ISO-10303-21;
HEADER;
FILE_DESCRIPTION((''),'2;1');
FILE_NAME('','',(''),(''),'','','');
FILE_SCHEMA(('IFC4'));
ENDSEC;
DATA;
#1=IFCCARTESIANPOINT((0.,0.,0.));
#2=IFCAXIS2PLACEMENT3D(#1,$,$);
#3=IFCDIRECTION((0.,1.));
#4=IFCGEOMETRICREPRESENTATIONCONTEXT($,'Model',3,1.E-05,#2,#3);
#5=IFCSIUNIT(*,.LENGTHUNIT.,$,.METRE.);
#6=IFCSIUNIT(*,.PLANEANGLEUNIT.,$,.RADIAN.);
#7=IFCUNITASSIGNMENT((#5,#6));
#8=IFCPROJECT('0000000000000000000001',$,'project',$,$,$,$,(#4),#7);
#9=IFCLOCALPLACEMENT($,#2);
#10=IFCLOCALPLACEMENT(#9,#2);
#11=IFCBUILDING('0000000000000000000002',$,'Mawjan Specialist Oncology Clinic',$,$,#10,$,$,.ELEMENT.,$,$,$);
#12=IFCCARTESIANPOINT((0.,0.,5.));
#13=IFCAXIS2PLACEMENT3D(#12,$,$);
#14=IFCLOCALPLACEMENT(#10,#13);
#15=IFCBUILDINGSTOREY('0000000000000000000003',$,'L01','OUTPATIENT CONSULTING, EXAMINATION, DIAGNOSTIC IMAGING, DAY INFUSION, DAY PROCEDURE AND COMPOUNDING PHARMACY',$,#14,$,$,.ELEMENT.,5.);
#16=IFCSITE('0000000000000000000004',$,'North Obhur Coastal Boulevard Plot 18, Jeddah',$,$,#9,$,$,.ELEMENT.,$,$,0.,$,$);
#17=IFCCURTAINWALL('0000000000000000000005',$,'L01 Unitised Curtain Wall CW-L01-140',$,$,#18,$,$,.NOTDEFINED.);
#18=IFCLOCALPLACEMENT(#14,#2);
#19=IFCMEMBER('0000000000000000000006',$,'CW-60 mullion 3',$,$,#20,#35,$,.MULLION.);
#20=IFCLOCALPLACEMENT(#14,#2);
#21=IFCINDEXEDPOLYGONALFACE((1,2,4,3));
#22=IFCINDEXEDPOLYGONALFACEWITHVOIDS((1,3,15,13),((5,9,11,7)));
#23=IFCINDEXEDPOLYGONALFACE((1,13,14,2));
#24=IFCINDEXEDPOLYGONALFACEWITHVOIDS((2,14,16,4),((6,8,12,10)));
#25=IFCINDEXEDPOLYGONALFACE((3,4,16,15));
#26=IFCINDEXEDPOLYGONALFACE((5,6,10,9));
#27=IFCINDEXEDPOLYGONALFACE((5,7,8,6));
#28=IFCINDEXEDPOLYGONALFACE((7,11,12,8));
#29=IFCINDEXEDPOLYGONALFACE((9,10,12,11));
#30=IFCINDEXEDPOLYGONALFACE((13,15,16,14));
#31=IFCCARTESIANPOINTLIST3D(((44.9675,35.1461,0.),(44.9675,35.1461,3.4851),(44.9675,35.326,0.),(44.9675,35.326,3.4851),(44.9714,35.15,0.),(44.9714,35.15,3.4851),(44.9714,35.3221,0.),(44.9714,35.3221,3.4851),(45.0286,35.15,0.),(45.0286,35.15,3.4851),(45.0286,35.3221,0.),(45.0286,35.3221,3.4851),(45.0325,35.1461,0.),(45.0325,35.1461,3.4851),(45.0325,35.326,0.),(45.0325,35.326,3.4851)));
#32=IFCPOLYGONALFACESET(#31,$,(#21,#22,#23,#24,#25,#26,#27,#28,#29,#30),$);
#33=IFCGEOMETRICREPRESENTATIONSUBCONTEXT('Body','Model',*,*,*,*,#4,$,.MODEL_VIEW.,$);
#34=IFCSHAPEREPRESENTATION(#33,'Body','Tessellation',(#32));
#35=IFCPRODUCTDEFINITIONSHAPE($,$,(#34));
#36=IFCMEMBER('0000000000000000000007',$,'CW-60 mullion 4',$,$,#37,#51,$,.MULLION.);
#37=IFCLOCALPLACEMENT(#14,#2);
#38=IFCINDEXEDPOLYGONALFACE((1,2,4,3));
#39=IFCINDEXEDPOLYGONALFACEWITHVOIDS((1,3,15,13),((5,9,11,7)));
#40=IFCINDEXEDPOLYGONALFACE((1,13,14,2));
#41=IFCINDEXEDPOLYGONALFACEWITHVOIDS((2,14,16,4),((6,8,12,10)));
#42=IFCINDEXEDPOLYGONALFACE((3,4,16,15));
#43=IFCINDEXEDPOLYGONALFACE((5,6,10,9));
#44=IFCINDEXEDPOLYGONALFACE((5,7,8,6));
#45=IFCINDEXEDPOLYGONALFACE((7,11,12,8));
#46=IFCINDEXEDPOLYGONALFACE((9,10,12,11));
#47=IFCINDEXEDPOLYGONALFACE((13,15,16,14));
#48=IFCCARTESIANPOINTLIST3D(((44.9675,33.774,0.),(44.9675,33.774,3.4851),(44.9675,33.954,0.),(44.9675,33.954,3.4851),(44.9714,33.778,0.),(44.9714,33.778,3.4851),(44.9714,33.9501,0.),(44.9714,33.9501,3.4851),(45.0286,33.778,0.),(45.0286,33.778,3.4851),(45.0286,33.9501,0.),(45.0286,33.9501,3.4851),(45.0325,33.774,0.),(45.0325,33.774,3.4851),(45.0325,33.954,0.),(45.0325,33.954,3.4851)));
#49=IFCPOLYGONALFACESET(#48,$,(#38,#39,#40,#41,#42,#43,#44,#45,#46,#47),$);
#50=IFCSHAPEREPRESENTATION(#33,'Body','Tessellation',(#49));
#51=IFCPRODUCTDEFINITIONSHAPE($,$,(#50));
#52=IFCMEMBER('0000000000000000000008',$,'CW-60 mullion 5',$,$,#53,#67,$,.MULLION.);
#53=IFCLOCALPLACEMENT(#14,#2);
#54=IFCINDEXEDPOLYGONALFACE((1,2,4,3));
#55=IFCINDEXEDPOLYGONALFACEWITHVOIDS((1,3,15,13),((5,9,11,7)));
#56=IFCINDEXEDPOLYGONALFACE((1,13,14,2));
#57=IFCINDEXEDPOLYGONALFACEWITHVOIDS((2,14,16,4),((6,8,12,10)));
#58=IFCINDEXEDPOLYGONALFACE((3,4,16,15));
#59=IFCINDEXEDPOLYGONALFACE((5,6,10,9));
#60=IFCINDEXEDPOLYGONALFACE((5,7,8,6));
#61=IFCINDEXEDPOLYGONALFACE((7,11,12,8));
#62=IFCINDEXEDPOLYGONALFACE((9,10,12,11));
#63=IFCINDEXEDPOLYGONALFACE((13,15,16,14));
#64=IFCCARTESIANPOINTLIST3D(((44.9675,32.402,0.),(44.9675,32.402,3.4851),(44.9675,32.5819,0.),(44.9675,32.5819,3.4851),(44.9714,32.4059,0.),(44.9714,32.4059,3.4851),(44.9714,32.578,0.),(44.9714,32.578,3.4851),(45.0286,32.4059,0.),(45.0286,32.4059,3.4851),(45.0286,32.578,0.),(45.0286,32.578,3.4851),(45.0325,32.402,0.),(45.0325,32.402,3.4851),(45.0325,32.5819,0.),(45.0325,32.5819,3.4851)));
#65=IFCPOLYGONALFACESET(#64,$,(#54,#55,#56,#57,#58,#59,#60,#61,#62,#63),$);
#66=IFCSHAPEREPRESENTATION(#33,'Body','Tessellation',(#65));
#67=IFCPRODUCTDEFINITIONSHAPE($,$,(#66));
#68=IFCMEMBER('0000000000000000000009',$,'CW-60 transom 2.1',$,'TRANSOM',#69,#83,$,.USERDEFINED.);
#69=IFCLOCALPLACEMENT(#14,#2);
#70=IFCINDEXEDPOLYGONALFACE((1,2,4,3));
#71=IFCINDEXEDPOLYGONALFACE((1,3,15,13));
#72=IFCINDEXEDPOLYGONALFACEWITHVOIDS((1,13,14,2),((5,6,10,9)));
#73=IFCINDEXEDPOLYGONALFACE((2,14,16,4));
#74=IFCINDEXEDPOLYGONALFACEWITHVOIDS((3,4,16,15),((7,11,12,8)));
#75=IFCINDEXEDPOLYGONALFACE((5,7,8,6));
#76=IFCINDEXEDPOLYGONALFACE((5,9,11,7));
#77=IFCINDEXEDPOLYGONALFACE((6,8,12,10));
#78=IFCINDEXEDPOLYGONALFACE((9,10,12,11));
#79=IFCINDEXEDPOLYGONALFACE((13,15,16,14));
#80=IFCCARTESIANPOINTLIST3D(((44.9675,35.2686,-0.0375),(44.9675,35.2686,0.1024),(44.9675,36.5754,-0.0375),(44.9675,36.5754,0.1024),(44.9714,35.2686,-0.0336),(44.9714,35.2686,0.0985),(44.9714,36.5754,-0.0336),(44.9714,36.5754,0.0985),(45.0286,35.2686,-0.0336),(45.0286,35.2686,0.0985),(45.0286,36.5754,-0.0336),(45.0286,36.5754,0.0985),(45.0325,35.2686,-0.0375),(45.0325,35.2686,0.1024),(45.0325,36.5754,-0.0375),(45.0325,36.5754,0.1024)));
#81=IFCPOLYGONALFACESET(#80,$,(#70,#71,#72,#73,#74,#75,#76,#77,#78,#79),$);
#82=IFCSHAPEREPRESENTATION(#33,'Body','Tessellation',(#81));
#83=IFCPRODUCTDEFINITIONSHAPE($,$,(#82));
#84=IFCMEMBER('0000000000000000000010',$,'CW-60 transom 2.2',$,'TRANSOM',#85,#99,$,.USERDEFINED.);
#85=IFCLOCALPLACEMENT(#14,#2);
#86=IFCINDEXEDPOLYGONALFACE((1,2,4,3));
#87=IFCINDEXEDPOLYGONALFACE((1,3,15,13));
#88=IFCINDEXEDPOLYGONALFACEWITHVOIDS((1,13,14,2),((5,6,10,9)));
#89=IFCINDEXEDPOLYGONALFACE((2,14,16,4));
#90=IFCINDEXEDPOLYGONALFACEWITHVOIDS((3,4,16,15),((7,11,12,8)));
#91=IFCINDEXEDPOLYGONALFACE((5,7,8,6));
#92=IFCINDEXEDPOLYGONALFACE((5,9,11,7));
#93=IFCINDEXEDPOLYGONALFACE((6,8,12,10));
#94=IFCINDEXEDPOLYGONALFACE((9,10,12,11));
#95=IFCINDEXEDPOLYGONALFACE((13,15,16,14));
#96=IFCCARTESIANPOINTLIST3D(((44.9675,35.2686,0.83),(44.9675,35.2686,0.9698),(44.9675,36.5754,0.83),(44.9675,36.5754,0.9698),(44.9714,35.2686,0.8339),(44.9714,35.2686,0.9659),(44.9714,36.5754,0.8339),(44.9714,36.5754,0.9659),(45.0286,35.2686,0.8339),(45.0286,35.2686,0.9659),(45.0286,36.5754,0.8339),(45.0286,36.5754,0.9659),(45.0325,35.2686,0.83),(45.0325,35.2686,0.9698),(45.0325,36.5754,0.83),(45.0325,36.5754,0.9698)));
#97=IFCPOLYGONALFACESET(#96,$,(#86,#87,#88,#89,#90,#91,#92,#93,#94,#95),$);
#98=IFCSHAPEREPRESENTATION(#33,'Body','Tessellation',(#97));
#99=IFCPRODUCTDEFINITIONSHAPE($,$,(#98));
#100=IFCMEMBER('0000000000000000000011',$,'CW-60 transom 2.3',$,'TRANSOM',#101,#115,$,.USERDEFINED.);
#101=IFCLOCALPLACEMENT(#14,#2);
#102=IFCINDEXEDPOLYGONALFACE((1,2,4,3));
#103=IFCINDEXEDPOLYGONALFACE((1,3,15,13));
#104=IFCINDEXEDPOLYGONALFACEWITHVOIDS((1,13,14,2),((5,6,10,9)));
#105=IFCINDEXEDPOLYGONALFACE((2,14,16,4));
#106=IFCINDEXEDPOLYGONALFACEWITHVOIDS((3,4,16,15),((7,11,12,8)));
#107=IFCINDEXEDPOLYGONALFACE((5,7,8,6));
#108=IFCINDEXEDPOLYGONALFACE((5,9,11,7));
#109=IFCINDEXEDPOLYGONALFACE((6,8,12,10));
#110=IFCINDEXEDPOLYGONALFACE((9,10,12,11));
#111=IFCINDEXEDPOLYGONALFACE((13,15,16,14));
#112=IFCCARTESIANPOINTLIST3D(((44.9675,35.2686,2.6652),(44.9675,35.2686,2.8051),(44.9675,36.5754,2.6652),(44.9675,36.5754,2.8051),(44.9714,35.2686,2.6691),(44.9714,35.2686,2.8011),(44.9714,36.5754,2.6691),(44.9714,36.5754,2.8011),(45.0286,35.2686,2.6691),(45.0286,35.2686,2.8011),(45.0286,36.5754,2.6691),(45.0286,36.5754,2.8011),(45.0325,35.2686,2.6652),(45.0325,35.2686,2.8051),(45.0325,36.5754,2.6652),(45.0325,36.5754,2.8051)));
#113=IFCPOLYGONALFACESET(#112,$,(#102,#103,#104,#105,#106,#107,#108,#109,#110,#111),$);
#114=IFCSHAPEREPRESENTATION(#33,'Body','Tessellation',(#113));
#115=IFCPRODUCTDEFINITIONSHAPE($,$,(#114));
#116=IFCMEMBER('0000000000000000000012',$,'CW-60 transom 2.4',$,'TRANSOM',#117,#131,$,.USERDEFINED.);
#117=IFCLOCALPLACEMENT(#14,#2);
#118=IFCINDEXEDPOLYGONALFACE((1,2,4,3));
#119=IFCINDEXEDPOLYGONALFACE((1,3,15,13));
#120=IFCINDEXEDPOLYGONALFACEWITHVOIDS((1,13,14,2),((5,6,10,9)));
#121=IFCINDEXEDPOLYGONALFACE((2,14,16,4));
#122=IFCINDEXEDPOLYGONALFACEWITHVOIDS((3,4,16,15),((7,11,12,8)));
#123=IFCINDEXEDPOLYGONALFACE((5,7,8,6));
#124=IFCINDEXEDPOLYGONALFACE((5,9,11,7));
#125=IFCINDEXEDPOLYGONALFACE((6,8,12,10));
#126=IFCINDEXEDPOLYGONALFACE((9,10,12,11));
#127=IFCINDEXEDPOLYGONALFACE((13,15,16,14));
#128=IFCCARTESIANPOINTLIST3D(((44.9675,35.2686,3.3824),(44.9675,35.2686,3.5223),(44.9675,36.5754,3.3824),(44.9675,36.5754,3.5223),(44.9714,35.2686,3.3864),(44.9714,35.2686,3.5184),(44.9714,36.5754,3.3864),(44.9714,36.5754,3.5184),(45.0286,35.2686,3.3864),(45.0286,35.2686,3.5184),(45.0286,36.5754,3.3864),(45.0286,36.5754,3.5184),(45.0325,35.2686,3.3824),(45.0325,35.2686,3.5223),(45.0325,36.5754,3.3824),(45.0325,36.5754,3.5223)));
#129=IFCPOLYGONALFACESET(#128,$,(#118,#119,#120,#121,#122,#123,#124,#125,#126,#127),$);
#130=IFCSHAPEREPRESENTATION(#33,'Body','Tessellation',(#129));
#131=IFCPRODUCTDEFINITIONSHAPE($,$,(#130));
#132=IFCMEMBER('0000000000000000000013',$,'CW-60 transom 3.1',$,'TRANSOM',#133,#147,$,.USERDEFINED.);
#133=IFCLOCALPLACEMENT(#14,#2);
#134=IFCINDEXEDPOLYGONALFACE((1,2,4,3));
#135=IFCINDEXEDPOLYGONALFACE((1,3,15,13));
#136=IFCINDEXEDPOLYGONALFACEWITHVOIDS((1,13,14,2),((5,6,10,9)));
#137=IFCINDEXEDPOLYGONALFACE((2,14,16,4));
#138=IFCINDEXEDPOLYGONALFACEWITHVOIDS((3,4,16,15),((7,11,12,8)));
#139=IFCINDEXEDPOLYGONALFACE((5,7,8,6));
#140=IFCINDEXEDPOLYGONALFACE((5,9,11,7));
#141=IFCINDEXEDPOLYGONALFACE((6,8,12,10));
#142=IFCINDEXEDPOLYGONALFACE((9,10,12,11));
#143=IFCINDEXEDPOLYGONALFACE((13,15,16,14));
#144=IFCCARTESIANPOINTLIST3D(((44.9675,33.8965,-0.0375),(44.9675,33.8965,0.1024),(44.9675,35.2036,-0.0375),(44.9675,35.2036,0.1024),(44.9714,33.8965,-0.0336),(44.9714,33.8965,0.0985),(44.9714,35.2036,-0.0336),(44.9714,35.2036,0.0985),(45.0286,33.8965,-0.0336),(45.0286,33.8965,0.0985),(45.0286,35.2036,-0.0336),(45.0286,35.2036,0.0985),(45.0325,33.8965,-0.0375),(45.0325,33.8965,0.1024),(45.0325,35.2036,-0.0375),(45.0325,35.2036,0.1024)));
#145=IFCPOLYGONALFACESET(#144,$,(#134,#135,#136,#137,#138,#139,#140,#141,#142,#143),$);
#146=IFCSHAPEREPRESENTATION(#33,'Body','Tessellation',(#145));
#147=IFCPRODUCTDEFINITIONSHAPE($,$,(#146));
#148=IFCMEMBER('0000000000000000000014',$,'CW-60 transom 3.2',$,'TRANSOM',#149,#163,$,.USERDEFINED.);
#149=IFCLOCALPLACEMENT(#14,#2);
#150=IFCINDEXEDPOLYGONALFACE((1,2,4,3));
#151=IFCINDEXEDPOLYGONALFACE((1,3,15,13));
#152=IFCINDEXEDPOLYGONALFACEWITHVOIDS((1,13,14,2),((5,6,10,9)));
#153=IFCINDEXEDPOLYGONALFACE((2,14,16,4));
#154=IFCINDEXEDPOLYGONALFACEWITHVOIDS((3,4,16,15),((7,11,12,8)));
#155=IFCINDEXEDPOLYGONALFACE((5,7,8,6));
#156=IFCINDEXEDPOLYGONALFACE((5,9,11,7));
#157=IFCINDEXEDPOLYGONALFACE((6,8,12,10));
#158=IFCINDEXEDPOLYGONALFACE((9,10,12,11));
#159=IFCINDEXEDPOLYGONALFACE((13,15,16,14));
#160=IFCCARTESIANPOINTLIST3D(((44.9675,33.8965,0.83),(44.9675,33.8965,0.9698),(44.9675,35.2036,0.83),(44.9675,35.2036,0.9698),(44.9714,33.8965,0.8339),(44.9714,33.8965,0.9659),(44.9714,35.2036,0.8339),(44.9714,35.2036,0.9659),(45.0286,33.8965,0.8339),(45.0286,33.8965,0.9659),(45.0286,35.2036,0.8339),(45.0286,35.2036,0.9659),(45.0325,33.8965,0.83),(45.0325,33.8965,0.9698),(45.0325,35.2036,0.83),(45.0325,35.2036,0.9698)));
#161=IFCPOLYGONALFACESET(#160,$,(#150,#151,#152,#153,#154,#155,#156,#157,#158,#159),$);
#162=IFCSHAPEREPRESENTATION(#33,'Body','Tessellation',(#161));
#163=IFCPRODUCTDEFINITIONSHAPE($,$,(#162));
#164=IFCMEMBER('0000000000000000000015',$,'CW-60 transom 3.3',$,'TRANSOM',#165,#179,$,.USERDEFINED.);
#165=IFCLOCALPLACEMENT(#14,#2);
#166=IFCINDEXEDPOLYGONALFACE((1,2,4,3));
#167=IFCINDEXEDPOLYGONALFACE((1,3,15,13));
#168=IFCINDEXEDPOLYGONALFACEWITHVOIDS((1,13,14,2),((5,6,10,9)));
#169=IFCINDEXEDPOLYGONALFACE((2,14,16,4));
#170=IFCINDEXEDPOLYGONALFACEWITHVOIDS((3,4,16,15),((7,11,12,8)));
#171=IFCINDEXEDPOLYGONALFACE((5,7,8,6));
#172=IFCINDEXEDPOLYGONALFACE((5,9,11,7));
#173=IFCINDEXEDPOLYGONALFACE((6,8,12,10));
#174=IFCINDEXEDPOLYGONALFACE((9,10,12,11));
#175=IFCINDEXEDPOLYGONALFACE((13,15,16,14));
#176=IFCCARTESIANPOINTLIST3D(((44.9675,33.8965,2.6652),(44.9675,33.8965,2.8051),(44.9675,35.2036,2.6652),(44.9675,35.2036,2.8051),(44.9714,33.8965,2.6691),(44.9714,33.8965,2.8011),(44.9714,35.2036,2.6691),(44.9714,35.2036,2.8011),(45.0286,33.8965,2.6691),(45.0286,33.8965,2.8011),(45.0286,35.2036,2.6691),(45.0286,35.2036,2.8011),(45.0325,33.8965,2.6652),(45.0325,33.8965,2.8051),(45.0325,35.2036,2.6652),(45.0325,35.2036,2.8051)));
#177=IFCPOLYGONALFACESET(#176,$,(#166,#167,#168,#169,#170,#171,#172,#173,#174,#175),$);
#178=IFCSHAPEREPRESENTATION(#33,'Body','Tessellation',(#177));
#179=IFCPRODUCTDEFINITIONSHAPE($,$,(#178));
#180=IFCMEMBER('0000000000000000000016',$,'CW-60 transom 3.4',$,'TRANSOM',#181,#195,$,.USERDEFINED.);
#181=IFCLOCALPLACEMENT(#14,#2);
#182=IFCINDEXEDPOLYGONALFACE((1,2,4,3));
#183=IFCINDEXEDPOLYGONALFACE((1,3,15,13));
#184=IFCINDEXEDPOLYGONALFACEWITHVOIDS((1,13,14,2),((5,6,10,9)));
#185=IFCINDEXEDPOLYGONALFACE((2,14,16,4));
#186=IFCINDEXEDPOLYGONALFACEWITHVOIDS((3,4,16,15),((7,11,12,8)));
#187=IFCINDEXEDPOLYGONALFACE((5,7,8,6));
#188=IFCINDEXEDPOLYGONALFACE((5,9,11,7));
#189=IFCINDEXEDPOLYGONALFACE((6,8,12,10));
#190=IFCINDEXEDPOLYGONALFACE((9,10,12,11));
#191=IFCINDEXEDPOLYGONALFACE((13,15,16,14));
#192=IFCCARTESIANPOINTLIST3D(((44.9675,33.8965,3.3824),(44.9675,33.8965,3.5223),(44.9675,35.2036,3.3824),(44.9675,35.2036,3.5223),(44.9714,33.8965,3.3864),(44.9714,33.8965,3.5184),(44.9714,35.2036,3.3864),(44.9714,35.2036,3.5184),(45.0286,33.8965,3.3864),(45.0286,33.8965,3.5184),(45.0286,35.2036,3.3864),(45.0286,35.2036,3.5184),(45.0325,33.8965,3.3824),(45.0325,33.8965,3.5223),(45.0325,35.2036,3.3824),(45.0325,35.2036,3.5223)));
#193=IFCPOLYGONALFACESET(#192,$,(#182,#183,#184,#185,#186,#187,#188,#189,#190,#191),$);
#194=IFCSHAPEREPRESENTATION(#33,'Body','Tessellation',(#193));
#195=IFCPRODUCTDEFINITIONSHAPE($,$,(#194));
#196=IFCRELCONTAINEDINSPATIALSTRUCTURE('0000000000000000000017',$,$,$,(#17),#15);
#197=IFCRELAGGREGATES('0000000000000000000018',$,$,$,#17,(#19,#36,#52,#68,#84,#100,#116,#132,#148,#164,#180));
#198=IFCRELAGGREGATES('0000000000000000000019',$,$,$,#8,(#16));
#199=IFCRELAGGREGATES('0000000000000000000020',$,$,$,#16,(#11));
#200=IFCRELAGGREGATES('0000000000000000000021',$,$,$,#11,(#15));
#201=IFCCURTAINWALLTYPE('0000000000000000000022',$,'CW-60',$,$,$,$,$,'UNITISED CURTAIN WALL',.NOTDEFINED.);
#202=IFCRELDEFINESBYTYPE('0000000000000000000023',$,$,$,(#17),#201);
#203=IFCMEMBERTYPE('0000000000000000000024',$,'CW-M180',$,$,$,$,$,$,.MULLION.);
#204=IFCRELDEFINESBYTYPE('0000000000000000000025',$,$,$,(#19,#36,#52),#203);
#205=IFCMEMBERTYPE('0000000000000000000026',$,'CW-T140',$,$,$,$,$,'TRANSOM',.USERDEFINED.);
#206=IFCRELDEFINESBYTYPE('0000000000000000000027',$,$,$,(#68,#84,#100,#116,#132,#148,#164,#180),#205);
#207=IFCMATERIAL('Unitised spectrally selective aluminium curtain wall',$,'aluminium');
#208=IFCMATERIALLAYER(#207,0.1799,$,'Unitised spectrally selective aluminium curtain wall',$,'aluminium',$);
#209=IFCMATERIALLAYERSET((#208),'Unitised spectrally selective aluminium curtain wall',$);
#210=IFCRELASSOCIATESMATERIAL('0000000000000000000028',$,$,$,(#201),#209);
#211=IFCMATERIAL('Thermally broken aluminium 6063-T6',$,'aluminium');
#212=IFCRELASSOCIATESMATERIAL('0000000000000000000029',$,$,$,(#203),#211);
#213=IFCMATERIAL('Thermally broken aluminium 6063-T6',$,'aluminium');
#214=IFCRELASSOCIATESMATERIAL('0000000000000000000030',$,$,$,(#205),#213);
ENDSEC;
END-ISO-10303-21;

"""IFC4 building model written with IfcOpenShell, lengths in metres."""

from ifc_helpers import new_model, si_unit, direction, frame, origin, origin_2d, place, context, subcontext, project, spatial, hollow_rectangle, extrude, material, layer, layer_set, material_profile, profile_set, type_object, element, aggregate, save


model = new_model("IFC4")

# Units and contexts
model_context = context("Model", 3, precision=1e-05, world=origin(), true_north=direction((0.0, 1.0)))
body_context = subcontext(model_context, "Body", "Model", "MODEL_VIEW")
ifc_project = project(units=[si_unit("LENGTHUNIT", "METRE"), si_unit("PLANEANGLEUNIT", "RADIAN")], contexts=[model_context])

# Site, building, storey
site_placement = place(None, origin())
site = spatial("IfcSite", under=ifc_project, at=site_placement, Name="North Obhur Coastal Boulevard Plot 18, Jeddah", CompositionType="ELEMENT", RefElevation=0.0)
building_placement = place(site_placement, origin())
building = spatial("IfcBuilding", under=site, at=building_placement, Name="Mawjan Specialist Oncology Clinic", CompositionType="ELEMENT")
storey_placement = place(building_placement, frame((0.0, 0.0, 5.0)))
storey = spatial("IfcBuildingStorey", under=building, at=storey_placement, Name="L01", Description="OUTPATIENT CONSULTING, EXAMINATION, DIAGNOSTIC IMAGING, DAY INFUSION, DAY PROCEDURE AND COMPOUNDING PHARMACY", CompositionType="ELEMENT", Elevation=5.0)

# Curtain wall, members
ifc_material_1 = material(Name="Unitised spectrally selective aluminium curtain wall", Category="aluminium")
ifc_layer_1 = layer(ifc_material_1, 0.1799, Name="Unitised spectrally selective aluminium curtain wall", Category="aluminium")
ifc_layer_set_1 = layer_set([ifc_layer_1], Name="Unitised spectrally selective aluminium curtain wall")
curtain_wall_type = type_object("IfcCurtainWallType", Name="CW-60", ElementType="UNITISED CURTAIN WALL", PredefinedType="NOTDEFINED", material=ifc_layer_set_1)
curtain_wall_placement = place(storey_placement, origin())
curtain_wall = element("IfcCurtainWall", 1, at=curtain_wall_placement, inside=storey, type_object=curtain_wall_type, Name="L01 Unitised Curtain Wall CW-L01-140", PredefinedType="NOTDEFINED")
ifc_material_2 = material(Name="Thermally broken aluminium 6063-T6", Category="aluminium")
ifc_material_profile_1 = material_profile(ifc_material_2, hollow_rectangle(XDim=0.0649, YDim=0.1799, WallThickness=0.0039, at=origin_2d()), Name="ALU MULLION 180x65x4", Category="aluminium")
ifc_profile_set_1 = profile_set([ifc_material_profile_1], Name="Thermally broken aluminium 6063-T6")
member_type_1 = type_object("IfcMemberType", Name="CW-M180", PredefinedType="MULLION", material=ifc_profile_set_1)
member_1_placement = place(storey_placement, frame((45.0, 35.2361, 0.0), z_axis=(0.0, 0.0, 1.0), x_axis=(1.0, 0.0, 0.0)))
member_1 = element("IfcMember", 2, at=member_1_placement, type_object=member_type_1, Name="CW-60 mullion 3", PredefinedType="MULLION", context=body_context, shape_type="SweptSolid", body=[
    extrude(hollow_rectangle(XDim=0.0649, YDim=0.1799, WallThickness=0.0039, at=origin_2d()), origin(), (0.0, 0.0, 1.0), 3.4851),
])
member_2_placement = place(storey_placement, frame((45.0, 33.864, 0.0), z_axis=(0.0, 0.0, 1.0), x_axis=(1.0, 0.0, 0.0)))
member_2 = element("IfcMember", 3, at=member_2_placement, type_object=member_type_1, Name="CW-60 mullion 4", PredefinedType="MULLION", context=body_context, shape_type="SweptSolid", body=[
    extrude(hollow_rectangle(XDim=0.0649, YDim=0.1799, WallThickness=0.0039, at=origin_2d()), origin(), (0.0, 0.0, 1.0), 3.4851),
])
member_3_placement = place(storey_placement, frame((45.0, 32.4919, 0.0), z_axis=(0.0, 0.0, 1.0), x_axis=(1.0, 0.0, 0.0)))
member_3 = element("IfcMember", 4, at=member_3_placement, type_object=member_type_1, Name="CW-60 mullion 5", PredefinedType="MULLION", context=body_context, shape_type="SweptSolid", body=[
    extrude(hollow_rectangle(XDim=0.0649, YDim=0.1799, WallThickness=0.0039, at=origin_2d()), origin(), (0.0, 0.0, 1.0), 3.4851),
])
ifc_material_3 = material(Name="Thermally broken aluminium 6063-T6", Category="aluminium")
ifc_material_profile_2 = material_profile(ifc_material_3, hollow_rectangle(XDim=0.0649, YDim=0.1399, WallThickness=0.0039, at=origin_2d()), Name="ALU TRANSOM 140x65x4", Category="aluminium")
ifc_profile_set_2 = profile_set([ifc_material_profile_2], Name="Thermally broken aluminium 6063-T6")
member_type_2 = type_object("IfcMemberType", Name="CW-T140", ElementType="TRANSOM", PredefinedType="USERDEFINED", material=ifc_profile_set_2)
member_4_placement = place(storey_placement, frame((45.0, 36.5754, 0.0325), z_axis=(0.0, -1.0, 0.0), x_axis=(1.0, 0.0, 0.0)))
member_4 = element("IfcMember", 5, at=member_4_placement, type_object=member_type_2, Name="CW-60 transom 2.1", ObjectType="TRANSOM", PredefinedType="USERDEFINED", context=body_context, shape_type="SweptSolid", body=[
    extrude(hollow_rectangle(XDim=0.0649, YDim=0.1399, WallThickness=0.0039, at=origin_2d()), origin(), (0.0, 0.0, 1.0), 1.3069),
])
member_5_placement = place(storey_placement, frame((45.0, 36.5754, 0.8999), z_axis=(0.0, -1.0, 0.0), x_axis=(1.0, 0.0, 0.0)))
member_5 = element("IfcMember", 6, at=member_5_placement, type_object=member_type_2, Name="CW-60 transom 2.2", ObjectType="TRANSOM", PredefinedType="USERDEFINED", context=body_context, shape_type="SweptSolid", body=[
    extrude(hollow_rectangle(XDim=0.0649, YDim=0.1399, WallThickness=0.0039, at=origin_2d()), origin(), (0.0, 0.0, 1.0), 1.3069),
])
member_6_placement = place(storey_placement, frame((45.0, 36.5754, 2.7351), z_axis=(0.0, -1.0, 0.0), x_axis=(1.0, 0.0, 0.0)))
member_6 = element("IfcMember", 7, at=member_6_placement, type_object=member_type_2, Name="CW-60 transom 2.3", ObjectType="TRANSOM", PredefinedType="USERDEFINED", context=body_context, shape_type="SweptSolid", body=[
    extrude(hollow_rectangle(XDim=0.0649, YDim=0.1399, WallThickness=0.0039, at=origin_2d()), origin(), (0.0, 0.0, 1.0), 1.3069),
])
member_7_placement = place(storey_placement, frame((45.0, 36.5754, 3.4524), z_axis=(0.0, -1.0, 0.0), x_axis=(1.0, 0.0, 0.0)))
member_7 = element("IfcMember", 8, at=member_7_placement, type_object=member_type_2, Name="CW-60 transom 2.4", ObjectType="TRANSOM", PredefinedType="USERDEFINED", context=body_context, shape_type="SweptSolid", body=[
    extrude(hollow_rectangle(XDim=0.0649, YDim=0.1399, WallThickness=0.0039, at=origin_2d()), origin(), (0.0, 0.0, 1.0), 1.3069),
])
member_8_placement = place(storey_placement, frame((45.0, 35.2036, 0.0325), z_axis=(0.0, -1.0, 0.0), x_axis=(1.0, 0.0, 0.0)))
member_8 = element("IfcMember", 9, at=member_8_placement, type_object=member_type_2, Name="CW-60 transom 3.1", ObjectType="TRANSOM", PredefinedType="USERDEFINED", context=body_context, shape_type="SweptSolid", body=[
    extrude(hollow_rectangle(XDim=0.0649, YDim=0.1399, WallThickness=0.0039, at=origin_2d()), origin(), (0.0, 0.0, 1.0), 1.3071),
])
member_9_placement = place(storey_placement, frame((45.0, 35.2036, 0.8999), z_axis=(0.0, -1.0, 0.0), x_axis=(1.0, 0.0, 0.0)))
member_9 = element("IfcMember", 10, at=member_9_placement, type_object=member_type_2, Name="CW-60 transom 3.2", ObjectType="TRANSOM", PredefinedType="USERDEFINED", context=body_context, shape_type="SweptSolid", body=[
    extrude(hollow_rectangle(XDim=0.0649, YDim=0.1399, WallThickness=0.0039, at=origin_2d()), origin(), (0.0, 0.0, 1.0), 1.3071),
])
member_10_placement = place(storey_placement, frame((45.0, 35.2036, 2.7351), z_axis=(0.0, -1.0, 0.0), x_axis=(1.0, 0.0, 0.0)))
member_10 = element("IfcMember", 11, at=member_10_placement, type_object=member_type_2, Name="CW-60 transom 3.3", ObjectType="TRANSOM", PredefinedType="USERDEFINED", context=body_context, shape_type="SweptSolid", body=[
    extrude(hollow_rectangle(XDim=0.0649, YDim=0.1399, WallThickness=0.0039, at=origin_2d()), origin(), (0.0, 0.0, 1.0), 1.3071),
])
member_11_placement = place(storey_placement, frame((45.0, 35.2036, 3.4524), z_axis=(0.0, -1.0, 0.0), x_axis=(1.0, 0.0, 0.0)))
member_11 = element("IfcMember", 12, at=member_11_placement, type_object=member_type_2, Name="CW-60 transom 3.4", ObjectType="TRANSOM", PredefinedType="USERDEFINED", context=body_context, shape_type="SweptSolid", body=[
    extrude(hollow_rectangle(XDim=0.0649, YDim=0.1399, WallThickness=0.0039, at=origin_2d()), origin(), (0.0, 0.0, 1.0), 1.3071),
])
aggregate(curtain_wall, [member_1, member_2, member_3, member_4, member_5, member_6, member_7, member_8, member_9, member_10, member_11])

save(model, "model.ifc")
